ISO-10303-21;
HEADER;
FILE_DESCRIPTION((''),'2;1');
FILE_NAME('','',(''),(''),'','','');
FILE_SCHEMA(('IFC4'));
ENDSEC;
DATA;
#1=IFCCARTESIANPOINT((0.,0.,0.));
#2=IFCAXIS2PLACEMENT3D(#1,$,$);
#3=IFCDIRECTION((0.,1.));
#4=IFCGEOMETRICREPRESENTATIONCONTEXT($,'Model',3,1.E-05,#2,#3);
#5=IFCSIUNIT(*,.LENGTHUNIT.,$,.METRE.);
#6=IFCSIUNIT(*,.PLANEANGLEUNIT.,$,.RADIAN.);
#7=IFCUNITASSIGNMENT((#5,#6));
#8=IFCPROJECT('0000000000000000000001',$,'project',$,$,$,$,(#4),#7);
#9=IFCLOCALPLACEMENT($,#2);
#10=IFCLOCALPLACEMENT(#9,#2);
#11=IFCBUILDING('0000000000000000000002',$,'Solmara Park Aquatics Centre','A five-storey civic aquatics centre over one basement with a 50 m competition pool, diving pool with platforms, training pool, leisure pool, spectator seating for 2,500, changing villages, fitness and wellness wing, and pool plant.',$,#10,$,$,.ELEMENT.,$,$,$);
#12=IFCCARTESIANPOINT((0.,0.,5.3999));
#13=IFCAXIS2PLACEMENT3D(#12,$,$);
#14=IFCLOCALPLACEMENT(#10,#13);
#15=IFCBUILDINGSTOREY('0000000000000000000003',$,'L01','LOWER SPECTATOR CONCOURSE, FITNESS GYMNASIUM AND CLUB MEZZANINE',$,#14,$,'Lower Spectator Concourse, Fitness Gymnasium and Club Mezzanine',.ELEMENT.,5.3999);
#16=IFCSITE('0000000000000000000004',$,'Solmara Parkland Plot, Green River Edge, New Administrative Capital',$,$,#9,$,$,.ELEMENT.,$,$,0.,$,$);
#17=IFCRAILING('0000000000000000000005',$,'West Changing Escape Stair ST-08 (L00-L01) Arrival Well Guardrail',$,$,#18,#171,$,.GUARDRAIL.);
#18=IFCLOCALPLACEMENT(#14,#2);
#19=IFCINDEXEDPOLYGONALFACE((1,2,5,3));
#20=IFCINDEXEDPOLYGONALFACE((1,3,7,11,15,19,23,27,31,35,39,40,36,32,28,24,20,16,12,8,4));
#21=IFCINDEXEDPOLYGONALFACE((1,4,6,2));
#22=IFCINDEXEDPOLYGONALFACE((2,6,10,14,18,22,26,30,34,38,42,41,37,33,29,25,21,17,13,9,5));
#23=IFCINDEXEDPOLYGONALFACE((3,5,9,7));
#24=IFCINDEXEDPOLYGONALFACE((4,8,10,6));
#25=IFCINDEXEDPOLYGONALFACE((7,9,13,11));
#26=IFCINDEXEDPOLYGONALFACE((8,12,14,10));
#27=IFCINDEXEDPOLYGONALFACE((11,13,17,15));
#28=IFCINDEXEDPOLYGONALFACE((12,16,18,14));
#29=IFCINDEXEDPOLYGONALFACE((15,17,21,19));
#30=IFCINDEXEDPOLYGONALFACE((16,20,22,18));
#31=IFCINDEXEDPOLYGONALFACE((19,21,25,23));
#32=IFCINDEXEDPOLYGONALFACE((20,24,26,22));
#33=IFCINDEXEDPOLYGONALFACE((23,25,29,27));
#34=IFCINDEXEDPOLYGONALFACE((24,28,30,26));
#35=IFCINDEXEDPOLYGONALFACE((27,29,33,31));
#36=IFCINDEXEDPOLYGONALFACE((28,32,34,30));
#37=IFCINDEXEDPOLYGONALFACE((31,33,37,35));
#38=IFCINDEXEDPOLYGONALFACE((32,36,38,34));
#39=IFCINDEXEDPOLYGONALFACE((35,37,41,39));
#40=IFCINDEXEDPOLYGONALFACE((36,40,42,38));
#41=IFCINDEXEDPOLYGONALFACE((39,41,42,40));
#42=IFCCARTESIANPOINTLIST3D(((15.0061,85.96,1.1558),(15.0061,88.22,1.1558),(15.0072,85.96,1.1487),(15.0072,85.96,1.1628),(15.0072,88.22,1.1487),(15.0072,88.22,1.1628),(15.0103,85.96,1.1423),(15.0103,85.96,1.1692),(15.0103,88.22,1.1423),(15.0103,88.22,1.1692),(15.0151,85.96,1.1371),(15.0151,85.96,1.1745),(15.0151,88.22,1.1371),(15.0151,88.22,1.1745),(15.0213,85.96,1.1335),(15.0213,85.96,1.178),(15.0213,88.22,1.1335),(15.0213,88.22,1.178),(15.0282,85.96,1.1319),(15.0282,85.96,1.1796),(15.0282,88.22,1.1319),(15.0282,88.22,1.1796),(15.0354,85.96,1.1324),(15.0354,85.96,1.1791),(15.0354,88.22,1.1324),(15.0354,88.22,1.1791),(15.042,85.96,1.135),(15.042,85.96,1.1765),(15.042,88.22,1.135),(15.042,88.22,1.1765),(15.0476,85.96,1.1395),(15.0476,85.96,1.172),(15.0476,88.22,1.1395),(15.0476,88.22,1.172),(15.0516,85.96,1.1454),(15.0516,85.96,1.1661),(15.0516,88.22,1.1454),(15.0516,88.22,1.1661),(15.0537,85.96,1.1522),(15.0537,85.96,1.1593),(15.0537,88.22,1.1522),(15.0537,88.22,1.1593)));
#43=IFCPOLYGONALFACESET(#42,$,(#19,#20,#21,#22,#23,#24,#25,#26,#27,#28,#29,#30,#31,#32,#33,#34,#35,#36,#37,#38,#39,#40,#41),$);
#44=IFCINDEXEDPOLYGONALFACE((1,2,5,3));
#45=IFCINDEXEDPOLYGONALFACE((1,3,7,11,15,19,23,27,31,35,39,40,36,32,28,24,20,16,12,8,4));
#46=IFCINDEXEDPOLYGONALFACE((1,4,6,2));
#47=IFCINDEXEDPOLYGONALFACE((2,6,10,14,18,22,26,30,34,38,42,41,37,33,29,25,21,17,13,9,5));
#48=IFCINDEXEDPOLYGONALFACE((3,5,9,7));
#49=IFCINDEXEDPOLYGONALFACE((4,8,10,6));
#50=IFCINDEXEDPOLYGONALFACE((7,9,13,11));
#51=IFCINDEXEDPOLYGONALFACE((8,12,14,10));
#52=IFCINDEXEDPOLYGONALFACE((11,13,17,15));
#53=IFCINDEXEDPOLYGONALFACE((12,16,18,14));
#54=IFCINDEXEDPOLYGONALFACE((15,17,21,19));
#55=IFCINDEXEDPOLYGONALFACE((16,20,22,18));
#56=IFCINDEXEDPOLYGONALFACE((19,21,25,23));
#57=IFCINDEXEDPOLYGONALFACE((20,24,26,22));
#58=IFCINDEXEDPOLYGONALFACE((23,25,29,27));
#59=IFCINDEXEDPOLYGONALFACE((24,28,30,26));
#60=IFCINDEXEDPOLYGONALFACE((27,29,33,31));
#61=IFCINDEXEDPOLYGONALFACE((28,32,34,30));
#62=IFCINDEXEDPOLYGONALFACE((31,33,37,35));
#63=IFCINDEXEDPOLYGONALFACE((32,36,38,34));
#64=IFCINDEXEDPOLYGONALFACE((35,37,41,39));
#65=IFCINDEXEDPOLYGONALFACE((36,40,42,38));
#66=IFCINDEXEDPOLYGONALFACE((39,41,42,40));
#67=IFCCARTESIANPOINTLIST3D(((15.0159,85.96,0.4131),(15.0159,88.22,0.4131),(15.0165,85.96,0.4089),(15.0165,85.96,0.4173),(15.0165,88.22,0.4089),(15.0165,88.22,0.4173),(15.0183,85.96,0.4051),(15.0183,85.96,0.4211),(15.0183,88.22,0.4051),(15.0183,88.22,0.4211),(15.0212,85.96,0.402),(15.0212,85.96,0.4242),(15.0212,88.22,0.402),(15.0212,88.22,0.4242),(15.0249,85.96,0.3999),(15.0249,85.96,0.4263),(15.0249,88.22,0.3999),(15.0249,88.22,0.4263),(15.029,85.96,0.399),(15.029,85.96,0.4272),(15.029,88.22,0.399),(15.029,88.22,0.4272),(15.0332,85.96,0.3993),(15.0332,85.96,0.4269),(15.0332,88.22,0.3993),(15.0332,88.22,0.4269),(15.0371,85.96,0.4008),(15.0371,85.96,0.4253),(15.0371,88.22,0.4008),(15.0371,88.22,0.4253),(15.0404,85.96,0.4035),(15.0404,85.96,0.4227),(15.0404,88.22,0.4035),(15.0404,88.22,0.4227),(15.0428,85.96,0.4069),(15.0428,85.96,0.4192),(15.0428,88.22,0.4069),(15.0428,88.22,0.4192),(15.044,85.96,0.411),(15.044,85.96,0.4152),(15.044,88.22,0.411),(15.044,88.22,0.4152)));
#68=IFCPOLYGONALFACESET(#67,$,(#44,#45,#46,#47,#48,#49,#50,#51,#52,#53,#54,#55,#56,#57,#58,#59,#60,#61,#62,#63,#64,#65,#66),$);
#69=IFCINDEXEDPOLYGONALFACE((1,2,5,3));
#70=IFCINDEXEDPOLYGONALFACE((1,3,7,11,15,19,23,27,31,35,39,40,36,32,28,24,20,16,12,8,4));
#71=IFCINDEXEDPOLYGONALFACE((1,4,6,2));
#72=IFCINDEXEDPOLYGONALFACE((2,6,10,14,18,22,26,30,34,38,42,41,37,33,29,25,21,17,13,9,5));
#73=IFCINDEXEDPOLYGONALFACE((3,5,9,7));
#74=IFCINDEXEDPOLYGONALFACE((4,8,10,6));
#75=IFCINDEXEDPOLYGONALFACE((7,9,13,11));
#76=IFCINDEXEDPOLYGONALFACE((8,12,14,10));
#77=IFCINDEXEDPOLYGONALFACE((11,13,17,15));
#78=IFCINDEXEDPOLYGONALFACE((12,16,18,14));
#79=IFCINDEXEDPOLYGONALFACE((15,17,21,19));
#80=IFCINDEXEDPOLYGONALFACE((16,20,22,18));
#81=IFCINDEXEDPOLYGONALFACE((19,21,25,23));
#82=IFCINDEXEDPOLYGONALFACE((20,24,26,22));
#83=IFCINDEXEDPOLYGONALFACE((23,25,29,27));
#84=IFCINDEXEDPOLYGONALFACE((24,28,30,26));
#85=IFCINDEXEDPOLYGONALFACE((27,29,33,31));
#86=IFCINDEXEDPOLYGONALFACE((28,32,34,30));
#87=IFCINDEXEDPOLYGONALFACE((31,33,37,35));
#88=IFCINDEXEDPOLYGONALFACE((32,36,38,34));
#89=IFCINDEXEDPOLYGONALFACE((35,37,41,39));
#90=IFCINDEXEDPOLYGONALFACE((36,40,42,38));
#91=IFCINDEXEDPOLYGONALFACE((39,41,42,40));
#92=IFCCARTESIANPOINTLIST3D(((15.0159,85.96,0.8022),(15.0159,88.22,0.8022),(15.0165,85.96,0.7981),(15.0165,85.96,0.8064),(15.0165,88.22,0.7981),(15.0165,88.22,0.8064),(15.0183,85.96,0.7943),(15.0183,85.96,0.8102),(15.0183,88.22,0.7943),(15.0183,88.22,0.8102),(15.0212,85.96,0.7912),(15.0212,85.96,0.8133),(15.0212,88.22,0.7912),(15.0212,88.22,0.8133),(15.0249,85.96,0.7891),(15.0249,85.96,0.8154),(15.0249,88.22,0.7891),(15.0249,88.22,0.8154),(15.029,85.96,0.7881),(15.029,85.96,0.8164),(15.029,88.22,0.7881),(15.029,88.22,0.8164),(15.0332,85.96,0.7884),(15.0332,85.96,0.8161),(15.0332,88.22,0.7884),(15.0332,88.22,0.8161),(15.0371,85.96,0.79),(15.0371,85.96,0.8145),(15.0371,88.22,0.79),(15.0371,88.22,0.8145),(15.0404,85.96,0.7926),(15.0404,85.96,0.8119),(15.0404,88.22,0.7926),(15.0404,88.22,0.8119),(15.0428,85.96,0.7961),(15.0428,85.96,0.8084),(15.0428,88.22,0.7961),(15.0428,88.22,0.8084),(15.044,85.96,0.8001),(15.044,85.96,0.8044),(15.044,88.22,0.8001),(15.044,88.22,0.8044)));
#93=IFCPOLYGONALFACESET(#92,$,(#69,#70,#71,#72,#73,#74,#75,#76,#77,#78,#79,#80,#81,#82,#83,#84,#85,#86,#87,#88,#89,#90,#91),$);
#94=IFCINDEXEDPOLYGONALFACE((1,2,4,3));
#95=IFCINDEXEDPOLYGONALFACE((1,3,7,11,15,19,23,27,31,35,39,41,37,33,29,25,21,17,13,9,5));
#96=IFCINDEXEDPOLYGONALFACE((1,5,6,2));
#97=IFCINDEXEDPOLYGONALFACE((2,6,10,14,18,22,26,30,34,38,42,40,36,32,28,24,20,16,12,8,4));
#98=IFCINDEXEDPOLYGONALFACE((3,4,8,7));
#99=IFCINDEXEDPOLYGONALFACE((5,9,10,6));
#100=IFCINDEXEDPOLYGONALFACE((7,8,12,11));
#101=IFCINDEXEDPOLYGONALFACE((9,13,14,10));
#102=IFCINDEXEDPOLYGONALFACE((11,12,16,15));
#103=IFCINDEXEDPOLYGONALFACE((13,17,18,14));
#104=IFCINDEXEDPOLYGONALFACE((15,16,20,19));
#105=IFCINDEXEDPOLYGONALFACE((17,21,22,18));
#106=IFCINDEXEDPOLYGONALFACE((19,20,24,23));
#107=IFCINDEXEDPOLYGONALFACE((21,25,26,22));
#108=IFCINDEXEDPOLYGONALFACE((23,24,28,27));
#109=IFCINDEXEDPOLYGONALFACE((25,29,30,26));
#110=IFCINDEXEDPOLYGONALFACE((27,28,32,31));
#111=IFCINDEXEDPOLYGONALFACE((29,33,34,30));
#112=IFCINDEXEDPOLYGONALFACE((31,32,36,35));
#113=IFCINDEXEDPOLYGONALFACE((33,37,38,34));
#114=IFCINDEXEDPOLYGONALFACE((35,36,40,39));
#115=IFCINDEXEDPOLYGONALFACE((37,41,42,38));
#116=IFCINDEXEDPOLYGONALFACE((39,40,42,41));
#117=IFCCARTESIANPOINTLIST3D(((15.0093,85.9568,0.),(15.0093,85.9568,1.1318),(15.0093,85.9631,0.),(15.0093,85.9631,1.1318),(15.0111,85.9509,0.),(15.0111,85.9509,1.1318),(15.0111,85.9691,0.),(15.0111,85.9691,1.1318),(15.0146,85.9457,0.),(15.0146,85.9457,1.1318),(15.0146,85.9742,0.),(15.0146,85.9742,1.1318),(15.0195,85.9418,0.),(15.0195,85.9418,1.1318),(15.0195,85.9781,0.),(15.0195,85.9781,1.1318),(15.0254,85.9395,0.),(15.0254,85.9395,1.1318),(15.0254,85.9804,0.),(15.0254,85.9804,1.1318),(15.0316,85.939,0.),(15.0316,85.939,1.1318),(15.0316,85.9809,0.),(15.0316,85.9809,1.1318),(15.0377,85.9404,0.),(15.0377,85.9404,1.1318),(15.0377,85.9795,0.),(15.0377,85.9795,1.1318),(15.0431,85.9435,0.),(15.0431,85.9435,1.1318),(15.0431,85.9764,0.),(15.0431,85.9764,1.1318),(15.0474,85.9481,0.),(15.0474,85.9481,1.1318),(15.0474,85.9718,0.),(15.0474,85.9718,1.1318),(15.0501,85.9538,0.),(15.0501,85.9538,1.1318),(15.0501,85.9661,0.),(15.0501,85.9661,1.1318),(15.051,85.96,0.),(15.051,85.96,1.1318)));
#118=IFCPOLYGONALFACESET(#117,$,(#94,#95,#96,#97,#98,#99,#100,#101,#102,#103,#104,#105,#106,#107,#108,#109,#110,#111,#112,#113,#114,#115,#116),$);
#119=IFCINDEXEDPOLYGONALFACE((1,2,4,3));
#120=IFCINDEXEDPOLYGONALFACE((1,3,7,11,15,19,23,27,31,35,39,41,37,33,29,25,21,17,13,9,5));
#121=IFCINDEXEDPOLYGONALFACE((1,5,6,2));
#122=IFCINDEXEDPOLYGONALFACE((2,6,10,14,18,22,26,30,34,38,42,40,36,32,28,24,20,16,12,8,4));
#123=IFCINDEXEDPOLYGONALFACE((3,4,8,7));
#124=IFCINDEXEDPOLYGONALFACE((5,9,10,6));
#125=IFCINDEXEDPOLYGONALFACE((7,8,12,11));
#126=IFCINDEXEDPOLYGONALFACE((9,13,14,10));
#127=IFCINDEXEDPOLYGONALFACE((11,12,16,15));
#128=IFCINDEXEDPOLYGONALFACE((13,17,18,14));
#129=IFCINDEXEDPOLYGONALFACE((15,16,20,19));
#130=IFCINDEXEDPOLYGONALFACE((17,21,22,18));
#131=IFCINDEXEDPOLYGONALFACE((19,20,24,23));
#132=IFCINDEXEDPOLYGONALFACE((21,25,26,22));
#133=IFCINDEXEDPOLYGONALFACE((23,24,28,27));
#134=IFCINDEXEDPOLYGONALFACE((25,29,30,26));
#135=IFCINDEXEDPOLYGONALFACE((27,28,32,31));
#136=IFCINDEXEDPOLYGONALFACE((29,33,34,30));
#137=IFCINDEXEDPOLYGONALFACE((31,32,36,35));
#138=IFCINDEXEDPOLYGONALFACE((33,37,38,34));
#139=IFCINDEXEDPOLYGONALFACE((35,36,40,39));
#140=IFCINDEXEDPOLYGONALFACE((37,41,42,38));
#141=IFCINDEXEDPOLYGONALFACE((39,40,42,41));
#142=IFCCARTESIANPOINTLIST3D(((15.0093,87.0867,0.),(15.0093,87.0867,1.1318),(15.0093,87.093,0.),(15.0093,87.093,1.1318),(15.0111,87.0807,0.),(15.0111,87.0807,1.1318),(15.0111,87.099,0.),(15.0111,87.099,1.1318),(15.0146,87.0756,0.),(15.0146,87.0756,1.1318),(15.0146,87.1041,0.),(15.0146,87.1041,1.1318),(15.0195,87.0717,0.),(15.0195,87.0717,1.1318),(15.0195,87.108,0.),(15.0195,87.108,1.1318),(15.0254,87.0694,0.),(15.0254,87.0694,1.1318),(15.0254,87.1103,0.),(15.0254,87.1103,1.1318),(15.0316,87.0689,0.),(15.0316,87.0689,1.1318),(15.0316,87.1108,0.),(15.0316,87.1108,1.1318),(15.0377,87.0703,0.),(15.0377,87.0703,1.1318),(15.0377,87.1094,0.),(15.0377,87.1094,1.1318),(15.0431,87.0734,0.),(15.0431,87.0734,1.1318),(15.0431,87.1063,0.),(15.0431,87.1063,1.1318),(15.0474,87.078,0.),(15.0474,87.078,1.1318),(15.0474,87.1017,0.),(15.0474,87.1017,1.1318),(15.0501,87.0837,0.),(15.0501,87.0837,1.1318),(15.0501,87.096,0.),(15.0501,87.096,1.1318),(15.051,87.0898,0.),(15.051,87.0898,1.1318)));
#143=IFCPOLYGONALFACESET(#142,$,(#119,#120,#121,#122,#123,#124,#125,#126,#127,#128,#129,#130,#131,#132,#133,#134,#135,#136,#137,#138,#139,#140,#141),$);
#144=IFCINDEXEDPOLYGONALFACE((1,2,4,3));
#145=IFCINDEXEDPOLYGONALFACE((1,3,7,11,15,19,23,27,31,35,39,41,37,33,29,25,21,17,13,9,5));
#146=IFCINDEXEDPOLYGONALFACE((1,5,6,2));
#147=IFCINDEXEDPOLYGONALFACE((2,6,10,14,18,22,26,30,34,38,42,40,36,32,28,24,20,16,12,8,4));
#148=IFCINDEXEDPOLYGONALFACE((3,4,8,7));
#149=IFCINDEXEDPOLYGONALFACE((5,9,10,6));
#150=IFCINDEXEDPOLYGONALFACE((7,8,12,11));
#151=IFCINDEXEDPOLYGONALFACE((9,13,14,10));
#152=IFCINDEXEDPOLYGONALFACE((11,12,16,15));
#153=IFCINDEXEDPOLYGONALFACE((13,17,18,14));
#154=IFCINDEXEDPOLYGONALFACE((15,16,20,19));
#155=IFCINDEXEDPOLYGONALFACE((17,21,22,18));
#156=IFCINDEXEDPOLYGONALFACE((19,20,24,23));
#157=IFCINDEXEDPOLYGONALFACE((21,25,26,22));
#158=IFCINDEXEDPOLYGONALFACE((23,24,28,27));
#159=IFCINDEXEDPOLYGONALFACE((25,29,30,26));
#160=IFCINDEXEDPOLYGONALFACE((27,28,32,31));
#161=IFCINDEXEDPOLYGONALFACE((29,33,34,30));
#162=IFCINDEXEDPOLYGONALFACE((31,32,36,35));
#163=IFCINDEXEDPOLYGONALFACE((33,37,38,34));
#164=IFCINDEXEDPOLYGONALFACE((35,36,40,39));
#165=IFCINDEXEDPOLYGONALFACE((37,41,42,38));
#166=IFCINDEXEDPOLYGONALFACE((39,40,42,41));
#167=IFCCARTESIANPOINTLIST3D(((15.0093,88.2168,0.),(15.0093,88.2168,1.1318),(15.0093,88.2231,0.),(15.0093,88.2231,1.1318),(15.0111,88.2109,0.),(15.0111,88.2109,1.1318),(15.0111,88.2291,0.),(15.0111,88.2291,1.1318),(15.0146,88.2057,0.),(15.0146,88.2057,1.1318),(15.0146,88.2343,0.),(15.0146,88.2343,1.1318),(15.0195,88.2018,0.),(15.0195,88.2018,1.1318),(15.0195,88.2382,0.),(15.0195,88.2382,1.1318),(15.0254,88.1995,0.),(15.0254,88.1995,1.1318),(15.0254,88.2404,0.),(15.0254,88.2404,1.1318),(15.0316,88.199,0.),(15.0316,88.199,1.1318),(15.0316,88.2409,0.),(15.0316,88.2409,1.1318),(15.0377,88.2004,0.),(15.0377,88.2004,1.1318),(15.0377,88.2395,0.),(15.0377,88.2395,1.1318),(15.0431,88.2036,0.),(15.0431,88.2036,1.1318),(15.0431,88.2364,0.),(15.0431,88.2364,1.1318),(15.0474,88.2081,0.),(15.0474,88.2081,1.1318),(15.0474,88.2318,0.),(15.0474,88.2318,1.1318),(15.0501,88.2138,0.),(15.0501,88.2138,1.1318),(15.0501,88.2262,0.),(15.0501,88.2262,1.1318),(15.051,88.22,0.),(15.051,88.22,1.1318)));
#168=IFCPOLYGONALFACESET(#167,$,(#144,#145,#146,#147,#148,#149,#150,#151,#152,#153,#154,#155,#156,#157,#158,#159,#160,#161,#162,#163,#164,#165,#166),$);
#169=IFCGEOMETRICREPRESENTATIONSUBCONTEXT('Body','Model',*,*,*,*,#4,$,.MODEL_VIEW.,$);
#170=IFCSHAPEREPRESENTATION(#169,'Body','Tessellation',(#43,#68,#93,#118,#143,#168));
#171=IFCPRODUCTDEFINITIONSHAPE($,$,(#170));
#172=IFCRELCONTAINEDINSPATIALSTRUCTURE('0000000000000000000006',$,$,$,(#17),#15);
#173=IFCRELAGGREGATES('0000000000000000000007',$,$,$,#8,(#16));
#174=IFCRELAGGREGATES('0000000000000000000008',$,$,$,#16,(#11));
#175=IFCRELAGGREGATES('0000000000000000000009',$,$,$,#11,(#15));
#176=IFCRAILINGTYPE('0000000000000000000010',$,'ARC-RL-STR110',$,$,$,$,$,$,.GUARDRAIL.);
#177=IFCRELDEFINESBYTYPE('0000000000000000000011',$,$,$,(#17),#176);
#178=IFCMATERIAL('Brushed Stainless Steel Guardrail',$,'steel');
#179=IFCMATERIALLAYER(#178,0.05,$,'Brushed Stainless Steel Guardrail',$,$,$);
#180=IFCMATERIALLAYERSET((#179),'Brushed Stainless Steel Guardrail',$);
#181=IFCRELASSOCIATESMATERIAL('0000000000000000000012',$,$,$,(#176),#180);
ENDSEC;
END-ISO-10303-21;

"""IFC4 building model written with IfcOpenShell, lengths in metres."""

from ifc_helpers import new_model, si_unit, direction, frame, origin, origin_2d, place, context, subcontext, project, spatial, circle, extrude, material, layer, layer_set, type_object, element, save


model = new_model("IFC4")

# Units and contexts
model_context = context("Model", 3, precision=1e-05, world=origin(), true_north=direction((0.0, 1.0)))
body_context = subcontext(model_context, "Body", "Model", "MODEL_VIEW")
ifc_project = project(units=[si_unit("LENGTHUNIT", "METRE"), si_unit("PLANEANGLEUNIT", "RADIAN")], contexts=[model_context])

# Site, building, storey
site_placement = place(None, origin())
site = spatial("IfcSite", under=ifc_project, at=site_placement, Name="Solmara Parkland Plot, Green River Edge, New Administrative Capital", CompositionType="ELEMENT", RefElevation=0.0)
building_placement = place(site_placement, origin())
building = spatial("IfcBuilding", under=site, at=building_placement, Name="Solmara Park Aquatics Centre", Description="A five-storey civic aquatics centre over one basement with a 50 m competition pool, diving pool with platforms, training pool, leisure pool, spectator seating for 2,500, changing villages, fitness and wellness wing, and pool plant.", CompositionType="ELEMENT")
storey_placement = place(building_placement, frame((0.0, 0.0, 5.3999)))
storey = spatial("IfcBuildingStorey", under=building, at=storey_placement, Name="L01", Description="LOWER SPECTATOR CONCOURSE, FITNESS GYMNASIUM AND CLUB MEZZANINE", LongName="Lower Spectator Concourse, Fitness Gymnasium and Club Mezzanine", CompositionType="ELEMENT", Elevation=5.3999)

# Railing
ifc_material_1 = material(Name="Brushed Stainless Steel Guardrail", Category="steel")
ifc_layer_1 = layer(ifc_material_1, 0.05, Name="Brushed Stainless Steel Guardrail")
ifc_layer_set_1 = layer_set([ifc_layer_1], Name="Brushed Stainless Steel Guardrail")
railing_type = type_object("IfcRailingType", Name="ARC-RL-STR110", PredefinedType="GUARDRAIL", material=ifc_layer_set_1)
railing_1_placement = place(storey_placement, frame((15.03, 85.96, 0.0)))
element("IfcRailing", 1, at=railing_1_placement, inside=storey, type_object=railing_type, Name="West Changing Escape Stair ST-08 (L00-L01) Arrival Well Guardrail", PredefinedType="GUARDRAIL", context=body_context, shape_type="SweptSolid", body=[
    extrude(circle(Radius=0.0239, at=origin_2d()), frame((0.0, 0.0, 1.1558), z_axis=(0.0, 1.0, 0.0), x_axis=(-1.0, 0.0, 0.0)), (0.0, 0.0, 1.0), 2.26),
    extrude(circle(Radius=0.0142, at=origin_2d()), frame((0.0, 0.0, 0.4131), z_axis=(0.0, 1.0, 0.0), x_axis=(-1.0, 0.0, 0.0)), (0.0, 0.0, 1.0), 2.26),
    extrude(circle(Radius=0.0142, at=origin_2d()), frame((0.0, 0.0, 0.8022), z_axis=(0.0, 1.0, 0.0), x_axis=(-1.0, 0.0, 0.0)), (0.0, 0.0, 1.0), 2.26),
    extrude(circle(Radius=0.021, at=origin_2d()), origin(), (0.0, 0.0, 1.0), 1.1318),
    extrude(circle(Radius=0.021, at=origin_2d()), frame((0.0, 1.1299, 0.0)), (0.0, 0.0, 1.0), 1.1318),
    extrude(circle(Radius=0.021, at=origin_2d()), frame((0.0, 2.26, 0.0)), (0.0, 0.0, 1.0), 1.1318),
])

save(model, "model.ifc")
